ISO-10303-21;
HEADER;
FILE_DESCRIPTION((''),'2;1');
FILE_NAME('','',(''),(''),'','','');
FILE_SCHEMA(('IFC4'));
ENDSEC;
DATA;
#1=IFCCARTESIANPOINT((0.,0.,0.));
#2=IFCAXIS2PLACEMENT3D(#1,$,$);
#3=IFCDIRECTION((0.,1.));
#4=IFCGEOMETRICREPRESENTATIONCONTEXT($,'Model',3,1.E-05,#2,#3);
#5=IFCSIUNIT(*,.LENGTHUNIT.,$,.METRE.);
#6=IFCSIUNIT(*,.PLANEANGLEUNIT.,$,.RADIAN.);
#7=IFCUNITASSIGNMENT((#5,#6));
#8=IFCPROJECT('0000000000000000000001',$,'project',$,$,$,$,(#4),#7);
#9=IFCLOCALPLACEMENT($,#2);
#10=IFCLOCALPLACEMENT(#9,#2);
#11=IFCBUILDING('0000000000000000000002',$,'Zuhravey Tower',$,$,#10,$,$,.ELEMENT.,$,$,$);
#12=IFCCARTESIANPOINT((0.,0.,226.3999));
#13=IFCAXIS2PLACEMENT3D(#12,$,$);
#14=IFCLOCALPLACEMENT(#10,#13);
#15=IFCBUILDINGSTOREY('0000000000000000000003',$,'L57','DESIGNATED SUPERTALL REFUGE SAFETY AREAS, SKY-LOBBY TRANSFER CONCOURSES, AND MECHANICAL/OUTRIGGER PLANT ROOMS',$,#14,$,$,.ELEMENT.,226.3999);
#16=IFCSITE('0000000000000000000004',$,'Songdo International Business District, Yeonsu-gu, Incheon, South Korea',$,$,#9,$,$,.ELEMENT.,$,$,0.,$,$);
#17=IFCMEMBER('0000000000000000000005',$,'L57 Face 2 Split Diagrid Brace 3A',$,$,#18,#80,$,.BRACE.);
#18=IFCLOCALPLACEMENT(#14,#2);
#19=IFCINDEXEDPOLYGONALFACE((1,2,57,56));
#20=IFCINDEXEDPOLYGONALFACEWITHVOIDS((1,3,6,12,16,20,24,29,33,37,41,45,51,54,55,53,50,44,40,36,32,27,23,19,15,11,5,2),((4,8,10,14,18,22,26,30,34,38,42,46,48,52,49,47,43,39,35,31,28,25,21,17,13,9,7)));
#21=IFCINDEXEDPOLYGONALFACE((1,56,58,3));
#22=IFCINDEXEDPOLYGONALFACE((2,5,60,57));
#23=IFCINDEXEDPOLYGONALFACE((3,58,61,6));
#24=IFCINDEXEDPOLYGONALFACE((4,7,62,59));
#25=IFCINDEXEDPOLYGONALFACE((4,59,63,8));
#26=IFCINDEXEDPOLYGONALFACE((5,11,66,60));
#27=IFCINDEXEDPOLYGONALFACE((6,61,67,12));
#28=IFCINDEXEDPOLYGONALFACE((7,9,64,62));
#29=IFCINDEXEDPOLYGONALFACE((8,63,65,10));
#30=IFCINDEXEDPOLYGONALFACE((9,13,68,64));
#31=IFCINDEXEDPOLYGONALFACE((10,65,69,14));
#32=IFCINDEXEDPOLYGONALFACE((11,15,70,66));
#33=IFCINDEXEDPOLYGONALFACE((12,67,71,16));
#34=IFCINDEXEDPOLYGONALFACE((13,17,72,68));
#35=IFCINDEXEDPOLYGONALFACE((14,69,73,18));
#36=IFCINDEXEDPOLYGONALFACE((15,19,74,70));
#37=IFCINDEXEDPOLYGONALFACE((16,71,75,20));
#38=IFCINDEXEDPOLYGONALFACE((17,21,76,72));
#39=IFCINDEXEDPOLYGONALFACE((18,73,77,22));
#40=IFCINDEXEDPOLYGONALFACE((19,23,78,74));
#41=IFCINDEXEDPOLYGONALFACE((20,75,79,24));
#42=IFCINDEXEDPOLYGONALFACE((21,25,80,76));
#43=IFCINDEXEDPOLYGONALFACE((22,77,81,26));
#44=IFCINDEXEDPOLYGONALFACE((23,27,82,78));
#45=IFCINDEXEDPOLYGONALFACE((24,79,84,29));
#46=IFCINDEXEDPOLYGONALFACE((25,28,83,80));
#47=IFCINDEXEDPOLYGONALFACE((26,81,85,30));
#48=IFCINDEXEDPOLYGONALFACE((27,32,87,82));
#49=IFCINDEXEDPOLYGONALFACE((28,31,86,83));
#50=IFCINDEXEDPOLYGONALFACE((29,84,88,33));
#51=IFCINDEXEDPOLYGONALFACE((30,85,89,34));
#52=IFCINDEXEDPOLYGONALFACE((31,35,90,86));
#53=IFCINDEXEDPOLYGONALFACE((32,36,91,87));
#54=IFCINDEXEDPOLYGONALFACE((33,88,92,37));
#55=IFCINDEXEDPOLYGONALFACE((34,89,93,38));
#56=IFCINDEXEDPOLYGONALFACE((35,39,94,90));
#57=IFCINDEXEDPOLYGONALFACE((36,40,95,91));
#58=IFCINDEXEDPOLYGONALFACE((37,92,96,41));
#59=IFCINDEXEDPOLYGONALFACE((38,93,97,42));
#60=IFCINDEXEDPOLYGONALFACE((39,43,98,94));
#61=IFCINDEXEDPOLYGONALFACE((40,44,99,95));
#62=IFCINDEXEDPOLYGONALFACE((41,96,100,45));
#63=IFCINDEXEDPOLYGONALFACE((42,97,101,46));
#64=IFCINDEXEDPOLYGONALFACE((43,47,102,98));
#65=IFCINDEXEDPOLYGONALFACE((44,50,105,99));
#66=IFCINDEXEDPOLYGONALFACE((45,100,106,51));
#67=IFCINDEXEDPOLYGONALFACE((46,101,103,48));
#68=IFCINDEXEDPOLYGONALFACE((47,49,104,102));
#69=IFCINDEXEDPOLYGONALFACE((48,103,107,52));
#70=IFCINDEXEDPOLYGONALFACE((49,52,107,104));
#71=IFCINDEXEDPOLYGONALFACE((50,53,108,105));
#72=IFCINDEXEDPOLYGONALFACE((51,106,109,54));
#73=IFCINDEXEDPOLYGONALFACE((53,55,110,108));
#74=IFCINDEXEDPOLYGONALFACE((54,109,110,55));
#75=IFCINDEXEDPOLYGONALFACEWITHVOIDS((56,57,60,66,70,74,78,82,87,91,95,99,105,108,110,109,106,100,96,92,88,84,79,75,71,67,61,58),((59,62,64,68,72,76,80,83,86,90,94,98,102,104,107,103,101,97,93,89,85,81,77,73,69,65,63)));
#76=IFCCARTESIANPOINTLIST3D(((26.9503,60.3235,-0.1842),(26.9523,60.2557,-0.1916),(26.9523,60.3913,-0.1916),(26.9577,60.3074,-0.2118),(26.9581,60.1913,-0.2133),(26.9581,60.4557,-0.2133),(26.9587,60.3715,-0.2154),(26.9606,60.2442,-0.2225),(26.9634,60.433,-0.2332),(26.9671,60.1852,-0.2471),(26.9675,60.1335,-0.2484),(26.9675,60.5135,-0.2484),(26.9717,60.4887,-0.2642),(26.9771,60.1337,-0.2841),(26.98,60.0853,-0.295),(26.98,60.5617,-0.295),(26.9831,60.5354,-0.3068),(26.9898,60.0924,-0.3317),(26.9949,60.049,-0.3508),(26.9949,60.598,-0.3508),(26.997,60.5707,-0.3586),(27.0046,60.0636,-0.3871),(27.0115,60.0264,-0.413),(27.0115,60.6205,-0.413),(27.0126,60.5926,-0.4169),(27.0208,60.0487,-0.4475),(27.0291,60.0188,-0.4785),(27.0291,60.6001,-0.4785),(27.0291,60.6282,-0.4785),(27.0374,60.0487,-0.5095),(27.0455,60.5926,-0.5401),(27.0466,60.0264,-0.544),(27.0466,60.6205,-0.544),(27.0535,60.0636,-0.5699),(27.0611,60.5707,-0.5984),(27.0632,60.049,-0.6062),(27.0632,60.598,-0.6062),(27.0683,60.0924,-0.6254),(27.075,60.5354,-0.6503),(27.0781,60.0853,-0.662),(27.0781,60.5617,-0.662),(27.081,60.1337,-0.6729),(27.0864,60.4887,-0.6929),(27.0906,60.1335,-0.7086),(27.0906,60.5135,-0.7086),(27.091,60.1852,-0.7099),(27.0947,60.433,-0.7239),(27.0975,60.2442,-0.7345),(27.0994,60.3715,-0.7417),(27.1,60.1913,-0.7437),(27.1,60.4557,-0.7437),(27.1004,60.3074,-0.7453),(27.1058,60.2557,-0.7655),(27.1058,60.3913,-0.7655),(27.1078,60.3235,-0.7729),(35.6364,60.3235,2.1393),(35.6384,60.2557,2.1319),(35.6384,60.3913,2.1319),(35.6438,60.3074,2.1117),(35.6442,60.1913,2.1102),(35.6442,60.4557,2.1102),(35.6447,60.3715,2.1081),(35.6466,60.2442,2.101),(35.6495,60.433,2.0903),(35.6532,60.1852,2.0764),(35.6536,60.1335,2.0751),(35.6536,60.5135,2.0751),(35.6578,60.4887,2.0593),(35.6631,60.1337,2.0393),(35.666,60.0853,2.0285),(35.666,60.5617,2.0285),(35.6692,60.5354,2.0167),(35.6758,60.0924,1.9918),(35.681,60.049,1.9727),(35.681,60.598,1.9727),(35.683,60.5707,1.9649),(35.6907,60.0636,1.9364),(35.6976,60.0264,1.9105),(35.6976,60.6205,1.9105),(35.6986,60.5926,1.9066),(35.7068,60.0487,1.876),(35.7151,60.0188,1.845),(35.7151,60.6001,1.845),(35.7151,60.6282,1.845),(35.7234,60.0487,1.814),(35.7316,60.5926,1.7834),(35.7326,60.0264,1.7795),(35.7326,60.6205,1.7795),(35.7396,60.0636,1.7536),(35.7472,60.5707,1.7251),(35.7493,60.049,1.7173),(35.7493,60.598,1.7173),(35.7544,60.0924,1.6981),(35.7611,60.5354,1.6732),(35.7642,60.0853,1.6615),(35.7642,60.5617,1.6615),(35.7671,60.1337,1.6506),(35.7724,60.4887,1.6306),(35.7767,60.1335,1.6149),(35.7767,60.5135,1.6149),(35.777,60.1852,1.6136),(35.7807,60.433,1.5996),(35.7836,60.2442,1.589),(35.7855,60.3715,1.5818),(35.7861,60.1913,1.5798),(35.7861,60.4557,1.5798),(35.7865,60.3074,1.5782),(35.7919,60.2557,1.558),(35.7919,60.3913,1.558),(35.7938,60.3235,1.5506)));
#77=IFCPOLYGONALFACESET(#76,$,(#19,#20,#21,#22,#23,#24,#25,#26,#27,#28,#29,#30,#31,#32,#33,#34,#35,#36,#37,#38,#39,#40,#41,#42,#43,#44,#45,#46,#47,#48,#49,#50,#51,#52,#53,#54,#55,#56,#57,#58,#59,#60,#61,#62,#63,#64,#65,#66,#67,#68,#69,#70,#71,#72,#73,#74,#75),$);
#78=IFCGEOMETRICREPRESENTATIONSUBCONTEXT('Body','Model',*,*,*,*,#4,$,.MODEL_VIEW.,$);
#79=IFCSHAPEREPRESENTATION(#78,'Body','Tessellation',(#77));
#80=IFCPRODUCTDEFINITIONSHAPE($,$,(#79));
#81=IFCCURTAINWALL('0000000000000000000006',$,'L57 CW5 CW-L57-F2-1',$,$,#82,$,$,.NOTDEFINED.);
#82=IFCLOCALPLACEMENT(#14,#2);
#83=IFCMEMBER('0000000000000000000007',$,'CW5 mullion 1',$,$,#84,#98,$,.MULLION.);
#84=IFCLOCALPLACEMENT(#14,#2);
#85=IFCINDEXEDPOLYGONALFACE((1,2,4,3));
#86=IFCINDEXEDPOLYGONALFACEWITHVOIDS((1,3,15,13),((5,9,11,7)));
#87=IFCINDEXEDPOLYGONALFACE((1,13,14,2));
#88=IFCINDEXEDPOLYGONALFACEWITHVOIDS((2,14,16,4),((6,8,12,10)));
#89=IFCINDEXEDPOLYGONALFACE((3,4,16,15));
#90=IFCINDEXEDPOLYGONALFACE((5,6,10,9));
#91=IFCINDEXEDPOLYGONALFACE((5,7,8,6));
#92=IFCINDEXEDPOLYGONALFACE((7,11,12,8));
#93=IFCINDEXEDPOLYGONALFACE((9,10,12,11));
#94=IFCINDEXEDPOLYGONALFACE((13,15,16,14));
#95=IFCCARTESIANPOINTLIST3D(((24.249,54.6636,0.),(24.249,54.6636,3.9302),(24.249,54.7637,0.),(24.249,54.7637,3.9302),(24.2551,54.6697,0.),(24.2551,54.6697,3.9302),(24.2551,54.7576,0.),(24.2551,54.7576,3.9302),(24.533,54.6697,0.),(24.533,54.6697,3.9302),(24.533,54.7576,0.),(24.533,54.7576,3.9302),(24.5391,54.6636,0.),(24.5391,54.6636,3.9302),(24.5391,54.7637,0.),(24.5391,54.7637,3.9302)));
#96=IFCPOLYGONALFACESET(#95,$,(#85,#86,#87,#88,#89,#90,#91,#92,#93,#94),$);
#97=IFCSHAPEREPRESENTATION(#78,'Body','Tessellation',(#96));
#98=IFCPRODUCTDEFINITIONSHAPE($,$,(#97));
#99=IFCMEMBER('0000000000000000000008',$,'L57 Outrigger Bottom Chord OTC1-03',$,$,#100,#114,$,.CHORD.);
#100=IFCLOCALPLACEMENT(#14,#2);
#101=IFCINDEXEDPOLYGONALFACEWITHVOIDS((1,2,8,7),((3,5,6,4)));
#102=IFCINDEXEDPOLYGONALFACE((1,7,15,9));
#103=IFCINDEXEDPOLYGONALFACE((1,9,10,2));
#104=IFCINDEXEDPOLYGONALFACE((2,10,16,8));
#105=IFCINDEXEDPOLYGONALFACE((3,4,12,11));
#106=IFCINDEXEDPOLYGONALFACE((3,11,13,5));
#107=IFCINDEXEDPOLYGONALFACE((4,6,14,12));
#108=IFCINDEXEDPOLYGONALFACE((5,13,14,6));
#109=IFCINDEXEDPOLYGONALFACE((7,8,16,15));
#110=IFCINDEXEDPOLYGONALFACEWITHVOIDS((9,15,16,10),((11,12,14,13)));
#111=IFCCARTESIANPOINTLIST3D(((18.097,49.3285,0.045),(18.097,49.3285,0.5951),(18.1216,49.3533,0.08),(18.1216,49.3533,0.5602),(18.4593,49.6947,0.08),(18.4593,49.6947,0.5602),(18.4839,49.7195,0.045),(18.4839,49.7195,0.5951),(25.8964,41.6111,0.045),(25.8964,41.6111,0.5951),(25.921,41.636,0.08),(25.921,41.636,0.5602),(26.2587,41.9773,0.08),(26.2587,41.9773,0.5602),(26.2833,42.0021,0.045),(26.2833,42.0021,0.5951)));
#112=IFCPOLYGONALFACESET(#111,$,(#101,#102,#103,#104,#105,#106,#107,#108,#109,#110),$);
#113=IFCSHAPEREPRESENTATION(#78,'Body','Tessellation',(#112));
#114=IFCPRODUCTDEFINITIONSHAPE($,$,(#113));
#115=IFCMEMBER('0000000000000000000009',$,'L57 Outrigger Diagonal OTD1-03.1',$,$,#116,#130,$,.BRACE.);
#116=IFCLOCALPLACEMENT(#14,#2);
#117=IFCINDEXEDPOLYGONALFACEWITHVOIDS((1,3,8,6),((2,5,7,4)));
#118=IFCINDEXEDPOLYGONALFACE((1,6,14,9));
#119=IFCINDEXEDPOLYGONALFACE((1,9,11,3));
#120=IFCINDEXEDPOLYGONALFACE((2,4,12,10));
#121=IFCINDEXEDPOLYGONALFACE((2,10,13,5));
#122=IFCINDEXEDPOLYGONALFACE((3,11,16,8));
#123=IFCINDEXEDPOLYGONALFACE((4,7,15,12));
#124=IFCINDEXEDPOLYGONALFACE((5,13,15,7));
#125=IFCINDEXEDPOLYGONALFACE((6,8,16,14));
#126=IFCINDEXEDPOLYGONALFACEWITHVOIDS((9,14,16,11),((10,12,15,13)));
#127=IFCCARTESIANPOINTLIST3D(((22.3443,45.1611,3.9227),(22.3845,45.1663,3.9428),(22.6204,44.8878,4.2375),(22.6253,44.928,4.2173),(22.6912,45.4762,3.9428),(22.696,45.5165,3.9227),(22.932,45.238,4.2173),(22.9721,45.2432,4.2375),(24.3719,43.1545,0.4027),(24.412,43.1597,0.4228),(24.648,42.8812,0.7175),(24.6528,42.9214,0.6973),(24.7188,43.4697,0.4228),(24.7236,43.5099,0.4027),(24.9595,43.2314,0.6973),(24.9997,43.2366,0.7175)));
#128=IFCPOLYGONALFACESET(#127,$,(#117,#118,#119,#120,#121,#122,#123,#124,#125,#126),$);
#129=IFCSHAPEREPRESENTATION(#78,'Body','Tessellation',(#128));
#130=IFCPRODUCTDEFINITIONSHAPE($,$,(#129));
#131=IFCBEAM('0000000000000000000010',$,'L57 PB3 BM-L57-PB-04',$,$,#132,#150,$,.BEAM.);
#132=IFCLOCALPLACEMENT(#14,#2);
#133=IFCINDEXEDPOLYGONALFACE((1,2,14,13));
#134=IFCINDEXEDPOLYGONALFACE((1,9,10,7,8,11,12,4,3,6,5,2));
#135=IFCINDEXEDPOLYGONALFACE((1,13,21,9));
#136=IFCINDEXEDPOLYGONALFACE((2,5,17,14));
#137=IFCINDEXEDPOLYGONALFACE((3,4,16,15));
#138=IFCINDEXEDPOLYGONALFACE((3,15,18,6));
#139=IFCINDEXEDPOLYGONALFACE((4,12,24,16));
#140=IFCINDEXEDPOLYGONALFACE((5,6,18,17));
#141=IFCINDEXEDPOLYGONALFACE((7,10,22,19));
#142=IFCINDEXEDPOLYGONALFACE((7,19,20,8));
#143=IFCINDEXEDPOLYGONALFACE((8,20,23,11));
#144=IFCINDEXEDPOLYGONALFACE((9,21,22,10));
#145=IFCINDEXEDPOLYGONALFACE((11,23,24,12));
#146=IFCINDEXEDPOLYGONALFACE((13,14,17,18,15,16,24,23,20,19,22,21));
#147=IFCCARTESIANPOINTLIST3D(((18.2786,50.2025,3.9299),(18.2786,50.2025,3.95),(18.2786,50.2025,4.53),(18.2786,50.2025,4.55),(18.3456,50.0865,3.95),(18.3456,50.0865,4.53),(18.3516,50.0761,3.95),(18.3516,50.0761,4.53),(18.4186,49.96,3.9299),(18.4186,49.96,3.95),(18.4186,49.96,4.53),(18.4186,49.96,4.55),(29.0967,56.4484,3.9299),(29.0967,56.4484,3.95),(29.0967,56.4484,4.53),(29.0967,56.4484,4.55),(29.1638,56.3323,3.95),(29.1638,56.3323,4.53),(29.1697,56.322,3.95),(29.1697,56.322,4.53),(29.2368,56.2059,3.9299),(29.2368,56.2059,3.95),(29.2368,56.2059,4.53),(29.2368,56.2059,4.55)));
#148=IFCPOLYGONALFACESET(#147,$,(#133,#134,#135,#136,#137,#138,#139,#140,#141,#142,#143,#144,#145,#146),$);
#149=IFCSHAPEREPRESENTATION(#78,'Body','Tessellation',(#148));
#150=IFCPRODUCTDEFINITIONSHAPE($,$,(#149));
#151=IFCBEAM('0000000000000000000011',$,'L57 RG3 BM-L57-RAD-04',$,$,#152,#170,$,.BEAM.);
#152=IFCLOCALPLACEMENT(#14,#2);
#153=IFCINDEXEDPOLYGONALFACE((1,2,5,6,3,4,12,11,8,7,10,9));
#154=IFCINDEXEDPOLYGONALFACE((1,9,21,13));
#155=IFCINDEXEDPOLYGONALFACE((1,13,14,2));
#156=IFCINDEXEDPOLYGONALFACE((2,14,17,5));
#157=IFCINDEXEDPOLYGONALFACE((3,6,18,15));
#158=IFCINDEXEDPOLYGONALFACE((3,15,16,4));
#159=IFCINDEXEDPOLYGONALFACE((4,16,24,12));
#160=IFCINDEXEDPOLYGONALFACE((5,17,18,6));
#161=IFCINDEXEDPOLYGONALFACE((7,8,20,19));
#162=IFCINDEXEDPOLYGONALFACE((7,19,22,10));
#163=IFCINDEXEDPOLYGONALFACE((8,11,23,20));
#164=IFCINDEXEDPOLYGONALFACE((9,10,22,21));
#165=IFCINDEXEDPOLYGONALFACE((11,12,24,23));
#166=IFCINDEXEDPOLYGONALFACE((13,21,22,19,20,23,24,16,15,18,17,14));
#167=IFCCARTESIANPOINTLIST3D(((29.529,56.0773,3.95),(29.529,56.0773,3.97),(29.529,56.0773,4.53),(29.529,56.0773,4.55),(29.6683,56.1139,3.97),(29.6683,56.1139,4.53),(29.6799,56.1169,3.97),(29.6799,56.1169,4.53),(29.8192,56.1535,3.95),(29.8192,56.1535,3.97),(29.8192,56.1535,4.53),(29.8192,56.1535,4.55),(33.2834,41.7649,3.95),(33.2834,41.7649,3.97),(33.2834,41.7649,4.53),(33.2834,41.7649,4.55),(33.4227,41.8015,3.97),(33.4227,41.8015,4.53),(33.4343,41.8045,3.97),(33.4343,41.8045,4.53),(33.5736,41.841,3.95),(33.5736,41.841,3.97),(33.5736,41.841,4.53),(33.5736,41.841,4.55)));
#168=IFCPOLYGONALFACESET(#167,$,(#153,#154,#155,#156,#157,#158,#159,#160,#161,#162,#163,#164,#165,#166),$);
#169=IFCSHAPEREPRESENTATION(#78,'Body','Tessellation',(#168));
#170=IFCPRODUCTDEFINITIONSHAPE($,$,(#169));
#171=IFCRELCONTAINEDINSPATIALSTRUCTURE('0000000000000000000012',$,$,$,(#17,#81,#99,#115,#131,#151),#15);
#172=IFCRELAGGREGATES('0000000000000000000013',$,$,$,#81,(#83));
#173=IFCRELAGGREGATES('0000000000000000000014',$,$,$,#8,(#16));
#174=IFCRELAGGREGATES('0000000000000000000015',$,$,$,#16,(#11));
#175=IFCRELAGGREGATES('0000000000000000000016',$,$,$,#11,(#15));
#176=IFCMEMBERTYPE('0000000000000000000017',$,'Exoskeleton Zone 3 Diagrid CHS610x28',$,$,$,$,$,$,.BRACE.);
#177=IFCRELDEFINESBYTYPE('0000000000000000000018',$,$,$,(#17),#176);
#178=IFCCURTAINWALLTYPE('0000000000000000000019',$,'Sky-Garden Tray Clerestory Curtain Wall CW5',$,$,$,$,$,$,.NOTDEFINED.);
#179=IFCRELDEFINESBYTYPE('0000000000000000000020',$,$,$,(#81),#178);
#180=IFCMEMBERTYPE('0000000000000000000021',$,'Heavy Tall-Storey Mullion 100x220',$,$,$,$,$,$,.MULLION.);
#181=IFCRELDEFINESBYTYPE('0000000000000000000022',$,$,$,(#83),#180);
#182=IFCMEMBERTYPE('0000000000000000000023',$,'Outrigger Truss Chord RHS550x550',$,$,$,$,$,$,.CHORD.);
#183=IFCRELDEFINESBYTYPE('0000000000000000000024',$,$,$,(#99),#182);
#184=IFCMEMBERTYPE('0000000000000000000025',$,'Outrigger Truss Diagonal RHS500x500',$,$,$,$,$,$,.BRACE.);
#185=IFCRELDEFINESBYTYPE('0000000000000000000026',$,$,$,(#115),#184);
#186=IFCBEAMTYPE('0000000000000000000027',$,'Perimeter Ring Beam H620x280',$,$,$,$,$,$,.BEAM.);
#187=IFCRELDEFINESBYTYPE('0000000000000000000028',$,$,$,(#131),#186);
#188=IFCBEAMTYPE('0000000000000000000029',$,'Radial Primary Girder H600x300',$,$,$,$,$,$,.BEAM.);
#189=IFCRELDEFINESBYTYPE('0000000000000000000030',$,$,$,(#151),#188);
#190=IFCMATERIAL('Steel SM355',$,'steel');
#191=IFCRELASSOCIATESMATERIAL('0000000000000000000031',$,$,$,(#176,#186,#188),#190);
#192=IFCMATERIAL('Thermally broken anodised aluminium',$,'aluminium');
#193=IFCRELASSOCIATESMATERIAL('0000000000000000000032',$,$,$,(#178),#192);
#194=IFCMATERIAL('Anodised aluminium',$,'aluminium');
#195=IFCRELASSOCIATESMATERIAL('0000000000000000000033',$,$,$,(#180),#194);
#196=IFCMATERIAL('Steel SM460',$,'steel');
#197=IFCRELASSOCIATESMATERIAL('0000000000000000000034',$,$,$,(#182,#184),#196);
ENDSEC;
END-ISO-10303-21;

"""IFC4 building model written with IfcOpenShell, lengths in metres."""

from ifc_helpers import new_model, si_unit, direction, frame, origin, origin_2d, place, context, subcontext, project, spatial, hollow_rectangle, hollow_circle, i_section, extrude, material, material_profile, profile_set, type_object, element, aggregate, save


model = new_model("IFC4")

# Units and contexts
model_context = context("Model", 3, precision=1e-05, world=origin(), true_north=direction((0.0, 1.0)))
body_context = subcontext(model_context, "Body", "Model", "MODEL_VIEW")
ifc_project = project(units=[si_unit("LENGTHUNIT", "METRE"), si_unit("PLANEANGLEUNIT", "RADIAN")], contexts=[model_context])

# Site, building, storey
site_placement = place(None, origin())
site = spatial("IfcSite", under=ifc_project, at=site_placement, Name="Songdo International Business District, Yeonsu-gu, Incheon, South Korea", CompositionType="ELEMENT", RefElevation=0.0)
building_placement = place(site_placement, origin())
building = spatial("IfcBuilding", under=site, at=building_placement, Name="Zuhravey Tower", CompositionType="ELEMENT")
storey_placement = place(building_placement, frame((0.0, 0.0, 226.3999)))
storey = spatial("IfcBuildingStorey", under=building, at=storey_placement, Name="L57", Description="DESIGNATED SUPERTALL REFUGE SAFETY AREAS, SKY-LOBBY TRANSFER CONCOURSES, AND MECHANICAL/OUTRIGGER PLANT ROOMS", CompositionType="ELEMENT", Elevation=226.3999)

# Shared definitions
ifc_material_1 = material(Name="Steel SM355", Category="steel")

# Shared definitions
ifc_material_2 = material(Name="Steel SM460", Category="steel")

# Member
ifc_material_profile_1 = material_profile(ifc_material_1, hollow_circle(Radius=0.3047, WallThickness=0.0281, at=origin_2d()), Name="CHS-609.6x28")
ifc_profile_set_1 = profile_set([ifc_material_profile_1], Name="Steel SM355")
member_type_1 = type_object("IfcMemberType", Name="Exoskeleton Zone 3 Diagrid CHS610x28", PredefinedType="BRACE", material=ifc_profile_set_1)
member_1_placement = place(storey_placement, frame((27.0291, 60.3235, -0.4785), z_axis=(0.966035, 0.0, 0.258411), x_axis=(0.0, 1.0, 0.0)))
element("IfcMember", 1, at=member_1_placement, inside=storey, type_object=member_type_1, Name="L57 Face 2 Split Diagrid Brace 3A", PredefinedType="BRACE", context=body_context, shape_type="SweptSolid", body=[
    extrude(hollow_circle(Radius=0.3047, WallThickness=0.0281, at=origin_2d()), origin(), (0.0, 0.0, 1.0), 8.9915),
])

# Curtain wall, member
ifc_material_3 = material(Name="Thermally broken anodised aluminium", Category="aluminium")
curtain_wall_type = type_object("IfcCurtainWallType", Name="Sky-Garden Tray Clerestory Curtain Wall CW5", PredefinedType="NOTDEFINED", material=ifc_material_3)
curtain_wall_placement = place(storey_placement, origin())
curtain_wall = element("IfcCurtainWall", 2, at=curtain_wall_placement, inside=storey, type_object=curtain_wall_type, Name="L57 CW5 CW-L57-F2-1", PredefinedType="NOTDEFINED")
ifc_material_4 = material(Name="Anodised aluminium", Category="aluminium")
ifc_material_profile_2 = material_profile(ifc_material_4, hollow_rectangle(XDim=0.1001, YDim=0.29, WallThickness=0.0061, at=origin_2d()), Name="ALU-RHS-100x290x6")
ifc_profile_set_2 = profile_set([ifc_material_profile_2], Name="Anodised aluminium")
member_type_2 = type_object("IfcMemberType", Name="Heavy Tall-Storey Mullion 100x220", PredefinedType="MULLION", material=ifc_profile_set_2)
member_2_placement = place(storey_placement, frame((24.394, 54.7136, 0.0), z_axis=(0.0, 0.0, 1.0), x_axis=(0.0, 1.0, 0.0)))
member_2 = element("IfcMember", 3, at=member_2_placement, type_object=member_type_2, Name="CW5 mullion 1", PredefinedType="MULLION", context=body_context, shape_type="SweptSolid", body=[
    extrude(hollow_rectangle(XDim=0.1001, YDim=0.29, WallThickness=0.0061, at=origin_2d()), origin(), (0.0, 0.0, 1.0), 3.9302),
])

# Members
ifc_material_profile_3 = material_profile(ifc_material_2, hollow_rectangle(XDim=0.55, YDim=0.55, WallThickness=0.0349, at=origin_2d()), Name="RHS-550x550x35")
ifc_profile_set_3 = profile_set([ifc_material_profile_3], Name="Steel SM460")
member_type_3 = type_object("IfcMemberType", Name="Outrigger Truss Chord RHS550x550", PredefinedType="CHORD", material=ifc_profile_set_3)
member_3_placement = place(storey_placement, frame((26.0898, 41.8066, 0.3201), z_axis=(-0.710835, 0.703359, 0.0), x_axis=(-0.703359, -0.710835, 0.0)))
element("IfcMember", 4, at=member_3_placement, inside=storey, type_object=member_type_3, Name="L57 Outrigger Bottom Chord OTC1-03", PredefinedType="CHORD", context=body_context, shape_type="SweptSolid", body=[
    extrude(hollow_rectangle(XDim=0.55, YDim=0.55, WallThickness=0.0349, at=origin_2d()), origin(), (0.0, 0.0, 1.0), 10.9722),
])
ifc_material_profile_4 = material_profile(ifc_material_2, hollow_rectangle(XDim=0.5, YDim=0.5, WallThickness=0.032, at=origin_2d()), Name="RHS-500x500x32")
ifc_profile_set_4 = profile_set([ifc_material_profile_4], Name="Steel SM460")
member_type_4 = type_object("IfcMemberType", Name="Outrigger Truss Diagonal RHS500x500", PredefinedType="BRACE", material=ifc_profile_set_4)
member_4_placement = place(storey_placement, frame((24.6858, 43.1956, 0.5601), z_axis=(-0.447513, 0.442879, 0.776911), x_axis=(-0.703417, -0.710777, 0.0)))
element("IfcMember", 5, at=member_4_placement, inside=storey, type_object=member_type_4, Name="L57 Outrigger Diagonal OTD1-03.1", PredefinedType="BRACE", context=body_context, shape_type="SweptSolid", body=[
    extrude(hollow_rectangle(XDim=0.5, YDim=0.5, WallThickness=0.032, at=origin_2d()), origin(), (0.0, 0.0, 1.0), 4.5308),
])

# Beams
ifc_material_profile_5 = material_profile(ifc_material_1, i_section(OverallWidth=0.28, OverallDepth=0.6201, WebThickness=0.012, FlangeThickness=0.02, at=origin_2d()), Name="H-620x280x12x20")
ifc_profile_set_5 = profile_set([ifc_material_profile_5], Name="Steel SM355")
beam_type_1 = type_object("IfcBeamType", Name="Perimeter Ring Beam H620x280", PredefinedType="BEAM", material=ifc_profile_set_5)
beam_1_placement = place(storey_placement, frame((29.1667, 56.3271, 4.24), z_axis=(-0.866025, -0.5, 0.0), x_axis=(0.5, -0.866025, 0.0)))
element("IfcBeam", 6, at=beam_1_placement, inside=storey, type_object=beam_type_1, Name="L57 PB3 BM-L57-PB-04", PredefinedType="BEAM", context=body_context, shape_type="SweptSolid", body=[
    extrude(i_section(OverallWidth=0.28, OverallDepth=0.6201, WebThickness=0.012, FlangeThickness=0.02, at=origin_2d()), origin(), (0.0, 0.0, 1.0), 12.4917),
])
ifc_material_profile_6 = material_profile(ifc_material_1, i_section(OverallWidth=0.3, OverallDepth=0.6001, WebThickness=0.012, FlangeThickness=0.02, at=origin_2d()), Name="H-600x300x12x20")
ifc_profile_set_6 = profile_set([ifc_material_profile_6], Name="Steel SM355")
beam_type_2 = type_object("IfcBeamType", Name="Radial Primary Girder H600x300", PredefinedType="BEAM", material=ifc_profile_set_6)
beam_2_placement = place(storey_placement, frame((33.4285, 41.803, 4.25), z_axis=(-0.253731, 0.967275, 0.0), x_axis=(-0.967275, -0.253731, 0.0)))
element("IfcBeam", 7, at=beam_2_placement, inside=storey, type_object=beam_type_2, Name="L57 RG3 BM-L57-RAD-04", PredefinedType="BEAM", context=body_context, shape_type="SweptSolid", body=[
    extrude(i_section(OverallWidth=0.3, OverallDepth=0.6001, WebThickness=0.012, FlangeThickness=0.02, at=origin_2d()), origin(), (0.0, 0.0, 1.0), 14.7966),
])

aggregate(curtain_wall, [member_2])

save(model, "model.ifc")
